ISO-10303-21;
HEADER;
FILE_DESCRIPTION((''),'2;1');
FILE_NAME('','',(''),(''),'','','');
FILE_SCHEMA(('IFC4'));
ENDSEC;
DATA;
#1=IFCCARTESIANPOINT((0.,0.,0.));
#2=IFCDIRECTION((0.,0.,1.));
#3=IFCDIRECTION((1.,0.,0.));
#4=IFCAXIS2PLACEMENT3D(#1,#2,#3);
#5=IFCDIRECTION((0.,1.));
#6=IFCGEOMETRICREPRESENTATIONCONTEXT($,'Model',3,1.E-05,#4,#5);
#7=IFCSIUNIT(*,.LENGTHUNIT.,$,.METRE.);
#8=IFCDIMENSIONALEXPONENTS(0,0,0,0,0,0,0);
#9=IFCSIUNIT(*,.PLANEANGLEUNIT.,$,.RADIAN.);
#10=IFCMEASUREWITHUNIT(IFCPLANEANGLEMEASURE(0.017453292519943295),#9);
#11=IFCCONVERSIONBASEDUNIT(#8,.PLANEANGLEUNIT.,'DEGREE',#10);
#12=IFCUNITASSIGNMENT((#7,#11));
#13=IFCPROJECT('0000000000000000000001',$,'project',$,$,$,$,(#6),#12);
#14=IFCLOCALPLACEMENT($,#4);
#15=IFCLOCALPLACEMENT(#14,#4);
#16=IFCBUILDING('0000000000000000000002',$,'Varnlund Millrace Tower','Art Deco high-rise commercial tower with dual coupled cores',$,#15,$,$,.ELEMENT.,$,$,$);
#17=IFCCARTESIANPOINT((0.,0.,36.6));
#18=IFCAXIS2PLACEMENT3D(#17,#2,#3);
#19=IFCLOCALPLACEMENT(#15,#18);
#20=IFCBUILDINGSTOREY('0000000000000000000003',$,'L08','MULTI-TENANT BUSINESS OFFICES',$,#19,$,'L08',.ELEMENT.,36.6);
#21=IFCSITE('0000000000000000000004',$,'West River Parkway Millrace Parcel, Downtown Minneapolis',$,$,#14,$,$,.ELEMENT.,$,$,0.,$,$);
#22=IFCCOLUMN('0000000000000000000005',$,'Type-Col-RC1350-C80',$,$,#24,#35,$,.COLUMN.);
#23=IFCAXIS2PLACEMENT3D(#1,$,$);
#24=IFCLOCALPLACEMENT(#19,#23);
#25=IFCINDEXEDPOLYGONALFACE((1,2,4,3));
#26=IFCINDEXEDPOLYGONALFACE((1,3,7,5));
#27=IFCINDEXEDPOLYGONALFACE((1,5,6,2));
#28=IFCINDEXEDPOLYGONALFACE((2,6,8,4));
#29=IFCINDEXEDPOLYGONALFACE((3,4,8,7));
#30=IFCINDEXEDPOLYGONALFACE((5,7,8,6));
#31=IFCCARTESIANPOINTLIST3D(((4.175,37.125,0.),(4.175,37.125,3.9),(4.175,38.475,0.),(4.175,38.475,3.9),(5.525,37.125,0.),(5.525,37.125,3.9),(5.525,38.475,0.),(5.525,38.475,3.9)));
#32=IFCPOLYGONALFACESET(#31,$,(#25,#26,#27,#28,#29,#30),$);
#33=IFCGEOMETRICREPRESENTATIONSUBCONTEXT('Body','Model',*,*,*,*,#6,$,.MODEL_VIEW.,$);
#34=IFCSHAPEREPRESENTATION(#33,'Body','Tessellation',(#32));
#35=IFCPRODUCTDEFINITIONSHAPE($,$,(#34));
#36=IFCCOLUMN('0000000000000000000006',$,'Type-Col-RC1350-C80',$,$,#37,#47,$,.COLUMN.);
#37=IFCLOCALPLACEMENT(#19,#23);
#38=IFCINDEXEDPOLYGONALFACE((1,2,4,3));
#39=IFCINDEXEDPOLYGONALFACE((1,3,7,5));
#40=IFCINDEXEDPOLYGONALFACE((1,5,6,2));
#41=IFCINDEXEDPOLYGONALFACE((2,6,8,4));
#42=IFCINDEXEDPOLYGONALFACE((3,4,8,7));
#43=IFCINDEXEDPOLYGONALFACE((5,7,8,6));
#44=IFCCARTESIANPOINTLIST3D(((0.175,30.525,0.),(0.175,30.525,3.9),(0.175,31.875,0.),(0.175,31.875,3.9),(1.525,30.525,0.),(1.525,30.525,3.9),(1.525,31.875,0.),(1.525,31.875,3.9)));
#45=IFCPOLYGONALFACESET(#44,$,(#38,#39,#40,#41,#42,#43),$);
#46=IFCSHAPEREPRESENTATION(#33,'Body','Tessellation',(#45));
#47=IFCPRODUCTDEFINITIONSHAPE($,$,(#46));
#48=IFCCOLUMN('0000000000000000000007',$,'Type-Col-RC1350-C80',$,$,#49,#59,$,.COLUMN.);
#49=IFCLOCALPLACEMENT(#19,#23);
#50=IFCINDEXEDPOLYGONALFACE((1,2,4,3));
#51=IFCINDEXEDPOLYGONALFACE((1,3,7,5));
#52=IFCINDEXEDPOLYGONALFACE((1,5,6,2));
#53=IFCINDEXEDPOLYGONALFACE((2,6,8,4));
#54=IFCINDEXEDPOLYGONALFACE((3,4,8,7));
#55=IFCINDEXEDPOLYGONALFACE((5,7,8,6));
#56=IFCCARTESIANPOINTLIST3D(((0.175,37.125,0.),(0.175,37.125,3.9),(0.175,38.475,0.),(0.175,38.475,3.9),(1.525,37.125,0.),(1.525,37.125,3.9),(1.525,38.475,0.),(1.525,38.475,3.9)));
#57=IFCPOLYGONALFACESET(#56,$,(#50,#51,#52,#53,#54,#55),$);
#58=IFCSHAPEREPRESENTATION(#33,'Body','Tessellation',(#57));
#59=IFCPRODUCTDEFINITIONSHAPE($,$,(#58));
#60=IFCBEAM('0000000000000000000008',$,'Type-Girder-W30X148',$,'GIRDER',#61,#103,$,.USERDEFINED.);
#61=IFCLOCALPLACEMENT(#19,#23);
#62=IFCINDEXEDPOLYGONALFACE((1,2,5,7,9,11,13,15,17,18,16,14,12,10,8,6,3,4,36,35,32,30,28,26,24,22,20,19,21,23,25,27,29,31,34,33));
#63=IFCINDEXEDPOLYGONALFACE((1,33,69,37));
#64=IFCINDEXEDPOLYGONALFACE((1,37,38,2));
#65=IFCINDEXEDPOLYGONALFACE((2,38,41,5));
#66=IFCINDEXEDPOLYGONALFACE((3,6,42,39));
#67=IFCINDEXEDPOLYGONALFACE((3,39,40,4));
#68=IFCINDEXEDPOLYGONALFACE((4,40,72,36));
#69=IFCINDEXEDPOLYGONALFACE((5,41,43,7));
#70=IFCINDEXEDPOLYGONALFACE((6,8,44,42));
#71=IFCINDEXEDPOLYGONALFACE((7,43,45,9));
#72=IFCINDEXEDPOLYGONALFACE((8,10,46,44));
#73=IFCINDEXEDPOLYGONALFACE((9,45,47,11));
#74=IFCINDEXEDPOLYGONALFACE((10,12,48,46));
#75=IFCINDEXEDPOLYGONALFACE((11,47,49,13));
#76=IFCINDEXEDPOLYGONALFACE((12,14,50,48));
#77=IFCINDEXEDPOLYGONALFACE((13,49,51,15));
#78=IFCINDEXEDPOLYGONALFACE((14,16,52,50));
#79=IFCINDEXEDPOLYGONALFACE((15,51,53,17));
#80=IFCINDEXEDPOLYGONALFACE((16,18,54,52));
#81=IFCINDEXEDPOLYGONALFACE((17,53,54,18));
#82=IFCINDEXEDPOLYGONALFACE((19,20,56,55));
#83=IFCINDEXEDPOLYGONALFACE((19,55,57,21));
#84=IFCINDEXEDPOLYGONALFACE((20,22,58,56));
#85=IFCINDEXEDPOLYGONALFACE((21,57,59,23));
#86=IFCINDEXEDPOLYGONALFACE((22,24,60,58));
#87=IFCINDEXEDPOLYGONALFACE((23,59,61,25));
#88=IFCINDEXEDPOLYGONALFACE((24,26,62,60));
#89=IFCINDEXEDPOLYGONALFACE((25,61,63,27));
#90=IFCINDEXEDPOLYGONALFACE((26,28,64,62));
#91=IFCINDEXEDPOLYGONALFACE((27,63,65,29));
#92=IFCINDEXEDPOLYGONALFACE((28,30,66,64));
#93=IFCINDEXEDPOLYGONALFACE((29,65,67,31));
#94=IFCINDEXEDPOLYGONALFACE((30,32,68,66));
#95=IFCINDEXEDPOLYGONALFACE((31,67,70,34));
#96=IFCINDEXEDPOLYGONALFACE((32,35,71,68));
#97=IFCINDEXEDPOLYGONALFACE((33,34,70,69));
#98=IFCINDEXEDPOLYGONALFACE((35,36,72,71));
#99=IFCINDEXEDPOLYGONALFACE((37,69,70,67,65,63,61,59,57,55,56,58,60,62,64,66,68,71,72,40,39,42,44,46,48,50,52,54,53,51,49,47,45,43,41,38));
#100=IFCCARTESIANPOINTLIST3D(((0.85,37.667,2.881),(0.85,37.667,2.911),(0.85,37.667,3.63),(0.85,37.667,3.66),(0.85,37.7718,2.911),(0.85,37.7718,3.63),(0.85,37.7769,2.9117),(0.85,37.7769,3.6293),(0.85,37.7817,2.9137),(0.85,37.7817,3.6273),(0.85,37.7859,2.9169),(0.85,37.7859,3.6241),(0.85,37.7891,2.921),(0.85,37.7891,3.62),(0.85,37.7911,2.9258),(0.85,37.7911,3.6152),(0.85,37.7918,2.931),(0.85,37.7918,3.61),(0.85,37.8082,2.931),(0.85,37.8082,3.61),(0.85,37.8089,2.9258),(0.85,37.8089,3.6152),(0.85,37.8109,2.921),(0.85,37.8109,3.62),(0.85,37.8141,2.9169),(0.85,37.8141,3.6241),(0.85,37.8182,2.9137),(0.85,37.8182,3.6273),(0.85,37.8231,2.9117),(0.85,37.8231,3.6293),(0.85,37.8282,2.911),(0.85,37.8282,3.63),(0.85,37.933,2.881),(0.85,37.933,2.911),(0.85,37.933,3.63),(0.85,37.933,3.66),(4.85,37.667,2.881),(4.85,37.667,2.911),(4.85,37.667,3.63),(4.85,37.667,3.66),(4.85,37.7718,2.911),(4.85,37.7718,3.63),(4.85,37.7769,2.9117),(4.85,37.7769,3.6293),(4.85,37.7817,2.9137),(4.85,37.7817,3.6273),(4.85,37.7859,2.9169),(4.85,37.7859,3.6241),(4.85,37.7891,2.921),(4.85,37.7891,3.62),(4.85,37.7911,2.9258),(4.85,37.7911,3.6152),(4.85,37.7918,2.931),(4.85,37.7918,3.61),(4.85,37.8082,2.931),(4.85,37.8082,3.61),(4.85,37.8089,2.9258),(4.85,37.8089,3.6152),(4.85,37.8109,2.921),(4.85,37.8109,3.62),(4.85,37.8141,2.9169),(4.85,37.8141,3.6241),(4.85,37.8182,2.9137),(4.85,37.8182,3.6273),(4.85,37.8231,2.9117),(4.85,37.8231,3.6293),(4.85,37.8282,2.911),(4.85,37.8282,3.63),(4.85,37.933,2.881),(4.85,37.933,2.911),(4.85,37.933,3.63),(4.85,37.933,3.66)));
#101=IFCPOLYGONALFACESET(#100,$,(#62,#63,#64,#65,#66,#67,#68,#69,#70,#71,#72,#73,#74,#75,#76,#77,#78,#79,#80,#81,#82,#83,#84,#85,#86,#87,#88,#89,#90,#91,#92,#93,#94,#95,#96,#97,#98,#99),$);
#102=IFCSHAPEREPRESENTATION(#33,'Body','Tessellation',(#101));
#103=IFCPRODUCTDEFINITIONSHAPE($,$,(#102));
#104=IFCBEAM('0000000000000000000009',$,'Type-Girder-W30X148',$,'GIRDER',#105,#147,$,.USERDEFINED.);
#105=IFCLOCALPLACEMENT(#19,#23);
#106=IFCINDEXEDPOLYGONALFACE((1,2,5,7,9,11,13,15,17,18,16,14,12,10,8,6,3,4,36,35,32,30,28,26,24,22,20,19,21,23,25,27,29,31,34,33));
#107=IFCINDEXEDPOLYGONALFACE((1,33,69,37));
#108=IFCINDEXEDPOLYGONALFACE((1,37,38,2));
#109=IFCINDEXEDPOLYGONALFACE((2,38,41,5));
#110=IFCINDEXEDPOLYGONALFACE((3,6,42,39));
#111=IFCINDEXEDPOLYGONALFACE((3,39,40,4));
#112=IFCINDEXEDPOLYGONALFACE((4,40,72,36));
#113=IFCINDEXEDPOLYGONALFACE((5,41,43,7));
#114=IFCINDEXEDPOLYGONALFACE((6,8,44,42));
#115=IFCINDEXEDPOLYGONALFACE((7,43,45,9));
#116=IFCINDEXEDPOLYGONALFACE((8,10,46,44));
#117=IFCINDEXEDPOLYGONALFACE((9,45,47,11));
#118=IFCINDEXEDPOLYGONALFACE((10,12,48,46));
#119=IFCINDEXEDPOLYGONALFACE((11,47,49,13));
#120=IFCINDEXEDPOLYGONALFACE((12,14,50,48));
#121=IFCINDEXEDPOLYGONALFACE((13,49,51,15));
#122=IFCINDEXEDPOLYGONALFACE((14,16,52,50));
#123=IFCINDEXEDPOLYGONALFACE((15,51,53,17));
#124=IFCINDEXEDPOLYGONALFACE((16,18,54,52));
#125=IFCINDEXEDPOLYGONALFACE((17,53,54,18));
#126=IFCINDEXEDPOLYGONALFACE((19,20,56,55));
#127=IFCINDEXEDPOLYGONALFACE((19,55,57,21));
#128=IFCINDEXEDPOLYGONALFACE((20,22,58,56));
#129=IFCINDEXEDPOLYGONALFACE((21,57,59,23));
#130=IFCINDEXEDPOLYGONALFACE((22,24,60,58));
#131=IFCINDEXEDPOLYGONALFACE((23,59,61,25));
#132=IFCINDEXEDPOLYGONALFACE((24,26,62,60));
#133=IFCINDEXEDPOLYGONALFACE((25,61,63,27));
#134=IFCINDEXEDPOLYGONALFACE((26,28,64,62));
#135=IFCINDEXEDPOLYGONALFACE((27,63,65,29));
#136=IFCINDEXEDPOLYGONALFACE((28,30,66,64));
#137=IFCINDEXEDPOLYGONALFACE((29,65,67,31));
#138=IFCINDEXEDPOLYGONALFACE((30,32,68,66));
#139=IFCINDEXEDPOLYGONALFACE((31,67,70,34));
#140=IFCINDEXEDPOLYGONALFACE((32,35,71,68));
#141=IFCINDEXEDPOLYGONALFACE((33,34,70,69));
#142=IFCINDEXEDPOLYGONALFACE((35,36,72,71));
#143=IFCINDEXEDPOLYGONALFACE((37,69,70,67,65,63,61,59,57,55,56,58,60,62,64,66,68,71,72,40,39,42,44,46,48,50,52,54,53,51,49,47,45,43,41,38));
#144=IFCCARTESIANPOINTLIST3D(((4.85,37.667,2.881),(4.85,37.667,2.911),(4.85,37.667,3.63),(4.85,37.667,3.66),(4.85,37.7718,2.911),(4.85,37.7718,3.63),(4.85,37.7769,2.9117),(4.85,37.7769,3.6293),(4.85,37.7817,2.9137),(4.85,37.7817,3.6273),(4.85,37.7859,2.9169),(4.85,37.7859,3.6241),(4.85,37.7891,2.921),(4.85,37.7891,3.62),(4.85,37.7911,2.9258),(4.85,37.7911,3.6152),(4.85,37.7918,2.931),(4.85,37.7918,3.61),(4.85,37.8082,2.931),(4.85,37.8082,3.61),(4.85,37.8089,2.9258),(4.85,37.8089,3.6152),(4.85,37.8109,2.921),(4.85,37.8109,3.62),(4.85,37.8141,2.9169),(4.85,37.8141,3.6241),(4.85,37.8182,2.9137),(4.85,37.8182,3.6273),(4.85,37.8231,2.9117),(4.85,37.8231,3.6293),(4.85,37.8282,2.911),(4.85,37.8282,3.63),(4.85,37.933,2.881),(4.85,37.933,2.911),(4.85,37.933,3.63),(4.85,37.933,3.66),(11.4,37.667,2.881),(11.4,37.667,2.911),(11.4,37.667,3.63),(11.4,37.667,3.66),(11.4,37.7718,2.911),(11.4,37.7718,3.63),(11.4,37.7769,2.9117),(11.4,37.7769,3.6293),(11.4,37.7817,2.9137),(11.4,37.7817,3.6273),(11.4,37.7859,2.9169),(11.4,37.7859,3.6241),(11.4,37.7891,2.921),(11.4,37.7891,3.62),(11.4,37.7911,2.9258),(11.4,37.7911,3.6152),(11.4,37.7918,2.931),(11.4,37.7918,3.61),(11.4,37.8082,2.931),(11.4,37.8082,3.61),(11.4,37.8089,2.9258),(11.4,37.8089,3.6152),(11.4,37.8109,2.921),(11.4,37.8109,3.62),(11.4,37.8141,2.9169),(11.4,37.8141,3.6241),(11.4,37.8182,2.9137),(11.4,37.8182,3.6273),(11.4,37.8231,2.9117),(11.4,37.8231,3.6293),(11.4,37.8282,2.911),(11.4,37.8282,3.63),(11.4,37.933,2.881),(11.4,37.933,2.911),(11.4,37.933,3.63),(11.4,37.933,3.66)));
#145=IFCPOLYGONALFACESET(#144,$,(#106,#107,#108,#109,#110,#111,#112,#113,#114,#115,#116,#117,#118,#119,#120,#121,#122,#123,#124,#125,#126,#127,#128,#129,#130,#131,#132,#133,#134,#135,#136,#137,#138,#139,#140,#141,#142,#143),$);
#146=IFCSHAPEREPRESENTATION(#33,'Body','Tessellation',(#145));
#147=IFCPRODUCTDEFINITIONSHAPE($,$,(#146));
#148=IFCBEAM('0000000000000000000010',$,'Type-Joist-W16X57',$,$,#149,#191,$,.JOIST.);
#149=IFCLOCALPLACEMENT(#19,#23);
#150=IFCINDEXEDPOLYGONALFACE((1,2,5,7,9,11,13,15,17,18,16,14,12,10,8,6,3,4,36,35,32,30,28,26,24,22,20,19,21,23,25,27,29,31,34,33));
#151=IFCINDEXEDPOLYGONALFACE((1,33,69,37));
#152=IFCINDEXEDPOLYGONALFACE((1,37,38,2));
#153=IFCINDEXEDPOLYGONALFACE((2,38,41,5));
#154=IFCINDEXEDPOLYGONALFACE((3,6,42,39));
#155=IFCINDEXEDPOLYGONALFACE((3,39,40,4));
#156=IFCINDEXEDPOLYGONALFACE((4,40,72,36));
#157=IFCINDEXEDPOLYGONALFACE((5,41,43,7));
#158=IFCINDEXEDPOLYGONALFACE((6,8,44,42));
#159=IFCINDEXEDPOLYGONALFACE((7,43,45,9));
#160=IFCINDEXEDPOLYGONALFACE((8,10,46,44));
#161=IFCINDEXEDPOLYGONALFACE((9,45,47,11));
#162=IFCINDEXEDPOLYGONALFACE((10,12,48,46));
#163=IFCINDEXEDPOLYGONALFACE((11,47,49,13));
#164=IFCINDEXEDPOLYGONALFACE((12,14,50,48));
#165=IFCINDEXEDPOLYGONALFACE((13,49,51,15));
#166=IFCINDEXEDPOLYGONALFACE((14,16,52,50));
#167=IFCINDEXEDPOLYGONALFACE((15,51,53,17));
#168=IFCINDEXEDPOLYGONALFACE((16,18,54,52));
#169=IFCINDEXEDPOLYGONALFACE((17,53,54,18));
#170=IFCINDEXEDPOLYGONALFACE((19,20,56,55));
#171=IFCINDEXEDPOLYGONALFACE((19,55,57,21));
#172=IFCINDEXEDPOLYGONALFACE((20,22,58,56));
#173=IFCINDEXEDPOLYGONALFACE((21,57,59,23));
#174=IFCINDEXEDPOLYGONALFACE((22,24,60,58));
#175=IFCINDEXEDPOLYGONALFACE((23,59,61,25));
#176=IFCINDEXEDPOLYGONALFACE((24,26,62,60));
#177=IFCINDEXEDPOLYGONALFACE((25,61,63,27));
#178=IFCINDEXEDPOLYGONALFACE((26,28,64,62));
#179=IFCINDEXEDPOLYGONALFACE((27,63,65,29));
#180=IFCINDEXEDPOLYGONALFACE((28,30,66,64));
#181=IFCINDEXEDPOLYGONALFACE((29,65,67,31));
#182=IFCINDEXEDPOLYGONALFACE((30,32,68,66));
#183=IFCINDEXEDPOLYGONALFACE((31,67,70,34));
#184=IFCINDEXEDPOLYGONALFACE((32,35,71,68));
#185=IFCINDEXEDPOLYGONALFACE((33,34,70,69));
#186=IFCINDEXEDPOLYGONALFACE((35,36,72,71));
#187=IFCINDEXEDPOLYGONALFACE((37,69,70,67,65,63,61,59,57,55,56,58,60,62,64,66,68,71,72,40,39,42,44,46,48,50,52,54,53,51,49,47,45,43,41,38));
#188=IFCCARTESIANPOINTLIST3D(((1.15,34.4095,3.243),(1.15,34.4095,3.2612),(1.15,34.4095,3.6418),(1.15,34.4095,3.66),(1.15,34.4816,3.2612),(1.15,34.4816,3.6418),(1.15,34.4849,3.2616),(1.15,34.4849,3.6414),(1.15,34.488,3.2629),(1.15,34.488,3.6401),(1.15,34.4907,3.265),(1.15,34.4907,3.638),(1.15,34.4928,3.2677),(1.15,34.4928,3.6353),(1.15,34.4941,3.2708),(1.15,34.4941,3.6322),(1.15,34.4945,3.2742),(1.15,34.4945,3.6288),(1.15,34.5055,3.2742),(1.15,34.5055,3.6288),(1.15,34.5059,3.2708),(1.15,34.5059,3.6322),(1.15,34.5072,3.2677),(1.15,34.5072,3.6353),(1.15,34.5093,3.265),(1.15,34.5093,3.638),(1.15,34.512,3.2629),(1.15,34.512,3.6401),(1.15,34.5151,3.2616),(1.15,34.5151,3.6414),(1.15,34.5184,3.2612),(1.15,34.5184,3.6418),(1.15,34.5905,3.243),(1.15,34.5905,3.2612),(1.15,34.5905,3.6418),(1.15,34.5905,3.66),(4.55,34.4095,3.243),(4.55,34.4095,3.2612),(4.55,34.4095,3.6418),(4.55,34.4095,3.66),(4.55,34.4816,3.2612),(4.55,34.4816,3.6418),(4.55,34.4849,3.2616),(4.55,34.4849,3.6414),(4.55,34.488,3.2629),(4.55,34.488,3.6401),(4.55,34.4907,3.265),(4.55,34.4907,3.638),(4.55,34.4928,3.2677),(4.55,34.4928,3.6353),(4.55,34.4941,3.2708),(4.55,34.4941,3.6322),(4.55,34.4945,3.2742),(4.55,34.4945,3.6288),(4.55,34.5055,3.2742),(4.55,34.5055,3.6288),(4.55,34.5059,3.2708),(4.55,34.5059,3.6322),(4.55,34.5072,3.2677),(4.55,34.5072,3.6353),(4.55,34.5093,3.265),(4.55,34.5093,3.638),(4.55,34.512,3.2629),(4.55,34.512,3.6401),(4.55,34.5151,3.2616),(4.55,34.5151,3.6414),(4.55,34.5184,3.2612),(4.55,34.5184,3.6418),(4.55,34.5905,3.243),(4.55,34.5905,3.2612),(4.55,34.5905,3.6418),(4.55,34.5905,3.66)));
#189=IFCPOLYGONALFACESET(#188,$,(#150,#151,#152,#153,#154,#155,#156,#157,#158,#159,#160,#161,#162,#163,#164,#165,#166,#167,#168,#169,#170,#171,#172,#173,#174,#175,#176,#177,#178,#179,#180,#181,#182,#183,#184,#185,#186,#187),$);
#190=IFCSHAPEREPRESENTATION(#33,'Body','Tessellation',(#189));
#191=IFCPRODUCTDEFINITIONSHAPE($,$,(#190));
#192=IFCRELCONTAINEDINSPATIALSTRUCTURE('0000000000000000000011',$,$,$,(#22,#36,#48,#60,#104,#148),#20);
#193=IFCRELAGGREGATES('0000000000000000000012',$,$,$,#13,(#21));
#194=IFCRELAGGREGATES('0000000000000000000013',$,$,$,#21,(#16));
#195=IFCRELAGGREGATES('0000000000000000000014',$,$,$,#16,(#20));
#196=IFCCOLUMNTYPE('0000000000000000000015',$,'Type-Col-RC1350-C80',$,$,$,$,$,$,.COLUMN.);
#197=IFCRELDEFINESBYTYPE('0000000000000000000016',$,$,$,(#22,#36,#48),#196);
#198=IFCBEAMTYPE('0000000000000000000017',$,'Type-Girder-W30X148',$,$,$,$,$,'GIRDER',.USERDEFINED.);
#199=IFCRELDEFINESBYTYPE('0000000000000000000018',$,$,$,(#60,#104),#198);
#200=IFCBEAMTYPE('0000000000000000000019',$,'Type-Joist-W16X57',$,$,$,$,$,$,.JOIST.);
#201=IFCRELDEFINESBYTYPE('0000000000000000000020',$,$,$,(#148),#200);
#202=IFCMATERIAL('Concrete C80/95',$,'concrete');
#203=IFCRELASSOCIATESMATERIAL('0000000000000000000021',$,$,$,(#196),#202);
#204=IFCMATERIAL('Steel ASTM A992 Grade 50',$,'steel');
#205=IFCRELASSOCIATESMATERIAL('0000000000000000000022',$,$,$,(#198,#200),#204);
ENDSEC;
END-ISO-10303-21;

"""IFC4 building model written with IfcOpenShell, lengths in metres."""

from ifc_helpers import new_model, entity, si_unit, converted_unit, direction, frame, origin_with_axes, origin_2d_with_axis, place, context, subcontext, project, spatial, rectangle, i_section, extrude, material, material_profile, profile_set, type_object, element, save


model = new_model("IFC4")

# Units and contexts
model_context = context("Model", 3, precision=1e-05, world=origin_with_axes(), true_north=direction((0.0, 1.0)))
body_context = subcontext(model_context, "Body", "Model", "MODEL_VIEW")
ifc_project = project(units=[si_unit("LENGTHUNIT", "METRE"), converted_unit("PLANEANGLEUNIT", "DEGREE", entity("IfcPlaneAngleMeasure", 0.017453292519943295), si_unit("PLANEANGLEUNIT", "RADIAN"), dimensions=[0, 0, 0, 0, 0, 0, 0])], contexts=[model_context])

# Site, building, storey
site_placement = place(None, origin_with_axes())
site = spatial("IfcSite", under=ifc_project, at=site_placement, Name="West River Parkway Millrace Parcel, Downtown Minneapolis", CompositionType="ELEMENT", RefElevation=0.0)
building_placement = place(site_placement, origin_with_axes())
building = spatial("IfcBuilding", under=site, at=building_placement, Name="Varnlund Millrace Tower", Description="Art Deco high-rise commercial tower with dual coupled cores", CompositionType="ELEMENT")
storey_placement = place(building_placement, frame((0.0, 0.0, 36.6), z_axis=(0.0, 0.0, 1.0), x_axis=(1.0, 0.0, 0.0)))
storey = spatial("IfcBuildingStorey", under=building, at=storey_placement, Name="L08", Description="MULTI-TENANT BUSINESS OFFICES", LongName="L08", CompositionType="ELEMENT", Elevation=36.6)

# Columns
ifc_material_1 = material(Name="Concrete C80/95", Category="concrete")
ifc_material_profile_1 = material_profile(ifc_material_1, rectangle(XDim=1.35, YDim=1.35, at=origin_2d_with_axis()), Name="Concrete C80/95")
ifc_profile_set_1 = profile_set([ifc_material_profile_1], Name="Concrete C80/95")
column_type = type_object("IfcColumnType", Name="Type-Col-RC1350-C80", PredefinedType="COLUMN", material=ifc_profile_set_1)
for number, where, z_axis, x_axis, name in (
    (1, (4.85, 37.8, 0.0), (0.0, 0.0, 1.0), (1.0, 0.0, 0.0), "Type-Col-RC1350-C80"),
    (2, (0.85, 31.2, 0.0), (0.0, 0.0, 1.0), (1.0, 0.0, 0.0), "Type-Col-RC1350-C80"),
    (3, (0.85, 37.8, 0.0), (0.0, 0.0, 1.0), (1.0, 0.0, 0.0), "Type-Col-RC1350-C80"),
):
    element("IfcColumn", number, at=place(storey_placement, frame(where, z_axis=z_axis, x_axis=x_axis)), inside=storey, type_object=column_type, Name=name, PredefinedType="COLUMN", context=body_context, shape_type="SweptSolid", body=[
        extrude(rectangle(XDim=1.35, YDim=1.35, at=origin_2d_with_axis()), origin_with_axes(), (0.0, 0.0, 1.0), 3.9),
    ])

# Beams
ifc_material_2 = material(Name="Steel ASTM A992 Grade 50", Category="steel")
ifc_material_profile_2 = material_profile(ifc_material_2, i_section(OverallWidth=0.266, OverallDepth=0.779, WebThickness=0.0165, FlangeThickness=0.03, FilletRadius=0.02, at=origin_2d_with_axis()), Name="Steel ASTM A992 Grade 50")
ifc_profile_set_2 = profile_set([ifc_material_profile_2], Name="Steel ASTM A992 Grade 50")
beam_type_1 = type_object("IfcBeamType", Name="Type-Girder-W30X148", ElementType="GIRDER", PredefinedType="USERDEFINED", material=ifc_profile_set_2)
beam_1_placement = place(storey_placement, frame((0.85, 37.8, 3.2705), z_axis=(1.0, 0.0, 0.0), x_axis=(0.0, 1.0, 0.0)))
element("IfcBeam", 4, at=beam_1_placement, inside=storey, type_object=beam_type_1, Name="Type-Girder-W30X148", ObjectType="GIRDER", PredefinedType="USERDEFINED", context=body_context, shape_type="SweptSolid", body=[
    extrude(i_section(OverallWidth=0.266, OverallDepth=0.779, WebThickness=0.0165, FlangeThickness=0.03, FilletRadius=0.02, at=origin_2d_with_axis()), origin_with_axes(), (0.0, 0.0, 1.0), 4.0),
])
beam_2_placement = place(storey_placement, frame((4.85, 37.8, 3.2705), z_axis=(1.0, 0.0, 0.0), x_axis=(0.0, 1.0, 0.0)))
element("IfcBeam", 5, at=beam_2_placement, inside=storey, type_object=beam_type_1, Name="Type-Girder-W30X148", ObjectType="GIRDER", PredefinedType="USERDEFINED", context=body_context, shape_type="SweptSolid", body=[
    extrude(i_section(OverallWidth=0.266, OverallDepth=0.779, WebThickness=0.0165, FlangeThickness=0.03, FilletRadius=0.02, at=origin_2d_with_axis()), origin_with_axes(), (0.0, 0.0, 1.0), 6.55),
])
ifc_material_profile_3 = material_profile(ifc_material_2, i_section(OverallWidth=0.181, OverallDepth=0.417, WebThickness=0.0109, FlangeThickness=0.0182, FilletRadius=0.013, at=origin_2d_with_axis()), Name="Steel ASTM A992 Grade 50")
ifc_profile_set_3 = profile_set([ifc_material_profile_3], Name="Steel ASTM A992 Grade 50")
beam_type_2 = type_object("IfcBeamType", Name="Type-Joist-W16X57", PredefinedType="JOIST", material=ifc_profile_set_3)
beam_3_placement = place(storey_placement, frame((1.15, 34.5, 3.4515), z_axis=(1.0, 0.0, 0.0), x_axis=(0.0, 1.0, 0.0)))
element("IfcBeam", 6, at=beam_3_placement, inside=storey, type_object=beam_type_2, Name="Type-Joist-W16X57", PredefinedType="JOIST", context=body_context, shape_type="SweptSolid", body=[
    extrude(i_section(OverallWidth=0.181, OverallDepth=0.417, WebThickness=0.0109, FlangeThickness=0.0182, FilletRadius=0.013, at=origin_2d_with_axis()), origin_with_axes(), (0.0, 0.0, 1.0), 3.4),
])

save(model, "model.ifc")
